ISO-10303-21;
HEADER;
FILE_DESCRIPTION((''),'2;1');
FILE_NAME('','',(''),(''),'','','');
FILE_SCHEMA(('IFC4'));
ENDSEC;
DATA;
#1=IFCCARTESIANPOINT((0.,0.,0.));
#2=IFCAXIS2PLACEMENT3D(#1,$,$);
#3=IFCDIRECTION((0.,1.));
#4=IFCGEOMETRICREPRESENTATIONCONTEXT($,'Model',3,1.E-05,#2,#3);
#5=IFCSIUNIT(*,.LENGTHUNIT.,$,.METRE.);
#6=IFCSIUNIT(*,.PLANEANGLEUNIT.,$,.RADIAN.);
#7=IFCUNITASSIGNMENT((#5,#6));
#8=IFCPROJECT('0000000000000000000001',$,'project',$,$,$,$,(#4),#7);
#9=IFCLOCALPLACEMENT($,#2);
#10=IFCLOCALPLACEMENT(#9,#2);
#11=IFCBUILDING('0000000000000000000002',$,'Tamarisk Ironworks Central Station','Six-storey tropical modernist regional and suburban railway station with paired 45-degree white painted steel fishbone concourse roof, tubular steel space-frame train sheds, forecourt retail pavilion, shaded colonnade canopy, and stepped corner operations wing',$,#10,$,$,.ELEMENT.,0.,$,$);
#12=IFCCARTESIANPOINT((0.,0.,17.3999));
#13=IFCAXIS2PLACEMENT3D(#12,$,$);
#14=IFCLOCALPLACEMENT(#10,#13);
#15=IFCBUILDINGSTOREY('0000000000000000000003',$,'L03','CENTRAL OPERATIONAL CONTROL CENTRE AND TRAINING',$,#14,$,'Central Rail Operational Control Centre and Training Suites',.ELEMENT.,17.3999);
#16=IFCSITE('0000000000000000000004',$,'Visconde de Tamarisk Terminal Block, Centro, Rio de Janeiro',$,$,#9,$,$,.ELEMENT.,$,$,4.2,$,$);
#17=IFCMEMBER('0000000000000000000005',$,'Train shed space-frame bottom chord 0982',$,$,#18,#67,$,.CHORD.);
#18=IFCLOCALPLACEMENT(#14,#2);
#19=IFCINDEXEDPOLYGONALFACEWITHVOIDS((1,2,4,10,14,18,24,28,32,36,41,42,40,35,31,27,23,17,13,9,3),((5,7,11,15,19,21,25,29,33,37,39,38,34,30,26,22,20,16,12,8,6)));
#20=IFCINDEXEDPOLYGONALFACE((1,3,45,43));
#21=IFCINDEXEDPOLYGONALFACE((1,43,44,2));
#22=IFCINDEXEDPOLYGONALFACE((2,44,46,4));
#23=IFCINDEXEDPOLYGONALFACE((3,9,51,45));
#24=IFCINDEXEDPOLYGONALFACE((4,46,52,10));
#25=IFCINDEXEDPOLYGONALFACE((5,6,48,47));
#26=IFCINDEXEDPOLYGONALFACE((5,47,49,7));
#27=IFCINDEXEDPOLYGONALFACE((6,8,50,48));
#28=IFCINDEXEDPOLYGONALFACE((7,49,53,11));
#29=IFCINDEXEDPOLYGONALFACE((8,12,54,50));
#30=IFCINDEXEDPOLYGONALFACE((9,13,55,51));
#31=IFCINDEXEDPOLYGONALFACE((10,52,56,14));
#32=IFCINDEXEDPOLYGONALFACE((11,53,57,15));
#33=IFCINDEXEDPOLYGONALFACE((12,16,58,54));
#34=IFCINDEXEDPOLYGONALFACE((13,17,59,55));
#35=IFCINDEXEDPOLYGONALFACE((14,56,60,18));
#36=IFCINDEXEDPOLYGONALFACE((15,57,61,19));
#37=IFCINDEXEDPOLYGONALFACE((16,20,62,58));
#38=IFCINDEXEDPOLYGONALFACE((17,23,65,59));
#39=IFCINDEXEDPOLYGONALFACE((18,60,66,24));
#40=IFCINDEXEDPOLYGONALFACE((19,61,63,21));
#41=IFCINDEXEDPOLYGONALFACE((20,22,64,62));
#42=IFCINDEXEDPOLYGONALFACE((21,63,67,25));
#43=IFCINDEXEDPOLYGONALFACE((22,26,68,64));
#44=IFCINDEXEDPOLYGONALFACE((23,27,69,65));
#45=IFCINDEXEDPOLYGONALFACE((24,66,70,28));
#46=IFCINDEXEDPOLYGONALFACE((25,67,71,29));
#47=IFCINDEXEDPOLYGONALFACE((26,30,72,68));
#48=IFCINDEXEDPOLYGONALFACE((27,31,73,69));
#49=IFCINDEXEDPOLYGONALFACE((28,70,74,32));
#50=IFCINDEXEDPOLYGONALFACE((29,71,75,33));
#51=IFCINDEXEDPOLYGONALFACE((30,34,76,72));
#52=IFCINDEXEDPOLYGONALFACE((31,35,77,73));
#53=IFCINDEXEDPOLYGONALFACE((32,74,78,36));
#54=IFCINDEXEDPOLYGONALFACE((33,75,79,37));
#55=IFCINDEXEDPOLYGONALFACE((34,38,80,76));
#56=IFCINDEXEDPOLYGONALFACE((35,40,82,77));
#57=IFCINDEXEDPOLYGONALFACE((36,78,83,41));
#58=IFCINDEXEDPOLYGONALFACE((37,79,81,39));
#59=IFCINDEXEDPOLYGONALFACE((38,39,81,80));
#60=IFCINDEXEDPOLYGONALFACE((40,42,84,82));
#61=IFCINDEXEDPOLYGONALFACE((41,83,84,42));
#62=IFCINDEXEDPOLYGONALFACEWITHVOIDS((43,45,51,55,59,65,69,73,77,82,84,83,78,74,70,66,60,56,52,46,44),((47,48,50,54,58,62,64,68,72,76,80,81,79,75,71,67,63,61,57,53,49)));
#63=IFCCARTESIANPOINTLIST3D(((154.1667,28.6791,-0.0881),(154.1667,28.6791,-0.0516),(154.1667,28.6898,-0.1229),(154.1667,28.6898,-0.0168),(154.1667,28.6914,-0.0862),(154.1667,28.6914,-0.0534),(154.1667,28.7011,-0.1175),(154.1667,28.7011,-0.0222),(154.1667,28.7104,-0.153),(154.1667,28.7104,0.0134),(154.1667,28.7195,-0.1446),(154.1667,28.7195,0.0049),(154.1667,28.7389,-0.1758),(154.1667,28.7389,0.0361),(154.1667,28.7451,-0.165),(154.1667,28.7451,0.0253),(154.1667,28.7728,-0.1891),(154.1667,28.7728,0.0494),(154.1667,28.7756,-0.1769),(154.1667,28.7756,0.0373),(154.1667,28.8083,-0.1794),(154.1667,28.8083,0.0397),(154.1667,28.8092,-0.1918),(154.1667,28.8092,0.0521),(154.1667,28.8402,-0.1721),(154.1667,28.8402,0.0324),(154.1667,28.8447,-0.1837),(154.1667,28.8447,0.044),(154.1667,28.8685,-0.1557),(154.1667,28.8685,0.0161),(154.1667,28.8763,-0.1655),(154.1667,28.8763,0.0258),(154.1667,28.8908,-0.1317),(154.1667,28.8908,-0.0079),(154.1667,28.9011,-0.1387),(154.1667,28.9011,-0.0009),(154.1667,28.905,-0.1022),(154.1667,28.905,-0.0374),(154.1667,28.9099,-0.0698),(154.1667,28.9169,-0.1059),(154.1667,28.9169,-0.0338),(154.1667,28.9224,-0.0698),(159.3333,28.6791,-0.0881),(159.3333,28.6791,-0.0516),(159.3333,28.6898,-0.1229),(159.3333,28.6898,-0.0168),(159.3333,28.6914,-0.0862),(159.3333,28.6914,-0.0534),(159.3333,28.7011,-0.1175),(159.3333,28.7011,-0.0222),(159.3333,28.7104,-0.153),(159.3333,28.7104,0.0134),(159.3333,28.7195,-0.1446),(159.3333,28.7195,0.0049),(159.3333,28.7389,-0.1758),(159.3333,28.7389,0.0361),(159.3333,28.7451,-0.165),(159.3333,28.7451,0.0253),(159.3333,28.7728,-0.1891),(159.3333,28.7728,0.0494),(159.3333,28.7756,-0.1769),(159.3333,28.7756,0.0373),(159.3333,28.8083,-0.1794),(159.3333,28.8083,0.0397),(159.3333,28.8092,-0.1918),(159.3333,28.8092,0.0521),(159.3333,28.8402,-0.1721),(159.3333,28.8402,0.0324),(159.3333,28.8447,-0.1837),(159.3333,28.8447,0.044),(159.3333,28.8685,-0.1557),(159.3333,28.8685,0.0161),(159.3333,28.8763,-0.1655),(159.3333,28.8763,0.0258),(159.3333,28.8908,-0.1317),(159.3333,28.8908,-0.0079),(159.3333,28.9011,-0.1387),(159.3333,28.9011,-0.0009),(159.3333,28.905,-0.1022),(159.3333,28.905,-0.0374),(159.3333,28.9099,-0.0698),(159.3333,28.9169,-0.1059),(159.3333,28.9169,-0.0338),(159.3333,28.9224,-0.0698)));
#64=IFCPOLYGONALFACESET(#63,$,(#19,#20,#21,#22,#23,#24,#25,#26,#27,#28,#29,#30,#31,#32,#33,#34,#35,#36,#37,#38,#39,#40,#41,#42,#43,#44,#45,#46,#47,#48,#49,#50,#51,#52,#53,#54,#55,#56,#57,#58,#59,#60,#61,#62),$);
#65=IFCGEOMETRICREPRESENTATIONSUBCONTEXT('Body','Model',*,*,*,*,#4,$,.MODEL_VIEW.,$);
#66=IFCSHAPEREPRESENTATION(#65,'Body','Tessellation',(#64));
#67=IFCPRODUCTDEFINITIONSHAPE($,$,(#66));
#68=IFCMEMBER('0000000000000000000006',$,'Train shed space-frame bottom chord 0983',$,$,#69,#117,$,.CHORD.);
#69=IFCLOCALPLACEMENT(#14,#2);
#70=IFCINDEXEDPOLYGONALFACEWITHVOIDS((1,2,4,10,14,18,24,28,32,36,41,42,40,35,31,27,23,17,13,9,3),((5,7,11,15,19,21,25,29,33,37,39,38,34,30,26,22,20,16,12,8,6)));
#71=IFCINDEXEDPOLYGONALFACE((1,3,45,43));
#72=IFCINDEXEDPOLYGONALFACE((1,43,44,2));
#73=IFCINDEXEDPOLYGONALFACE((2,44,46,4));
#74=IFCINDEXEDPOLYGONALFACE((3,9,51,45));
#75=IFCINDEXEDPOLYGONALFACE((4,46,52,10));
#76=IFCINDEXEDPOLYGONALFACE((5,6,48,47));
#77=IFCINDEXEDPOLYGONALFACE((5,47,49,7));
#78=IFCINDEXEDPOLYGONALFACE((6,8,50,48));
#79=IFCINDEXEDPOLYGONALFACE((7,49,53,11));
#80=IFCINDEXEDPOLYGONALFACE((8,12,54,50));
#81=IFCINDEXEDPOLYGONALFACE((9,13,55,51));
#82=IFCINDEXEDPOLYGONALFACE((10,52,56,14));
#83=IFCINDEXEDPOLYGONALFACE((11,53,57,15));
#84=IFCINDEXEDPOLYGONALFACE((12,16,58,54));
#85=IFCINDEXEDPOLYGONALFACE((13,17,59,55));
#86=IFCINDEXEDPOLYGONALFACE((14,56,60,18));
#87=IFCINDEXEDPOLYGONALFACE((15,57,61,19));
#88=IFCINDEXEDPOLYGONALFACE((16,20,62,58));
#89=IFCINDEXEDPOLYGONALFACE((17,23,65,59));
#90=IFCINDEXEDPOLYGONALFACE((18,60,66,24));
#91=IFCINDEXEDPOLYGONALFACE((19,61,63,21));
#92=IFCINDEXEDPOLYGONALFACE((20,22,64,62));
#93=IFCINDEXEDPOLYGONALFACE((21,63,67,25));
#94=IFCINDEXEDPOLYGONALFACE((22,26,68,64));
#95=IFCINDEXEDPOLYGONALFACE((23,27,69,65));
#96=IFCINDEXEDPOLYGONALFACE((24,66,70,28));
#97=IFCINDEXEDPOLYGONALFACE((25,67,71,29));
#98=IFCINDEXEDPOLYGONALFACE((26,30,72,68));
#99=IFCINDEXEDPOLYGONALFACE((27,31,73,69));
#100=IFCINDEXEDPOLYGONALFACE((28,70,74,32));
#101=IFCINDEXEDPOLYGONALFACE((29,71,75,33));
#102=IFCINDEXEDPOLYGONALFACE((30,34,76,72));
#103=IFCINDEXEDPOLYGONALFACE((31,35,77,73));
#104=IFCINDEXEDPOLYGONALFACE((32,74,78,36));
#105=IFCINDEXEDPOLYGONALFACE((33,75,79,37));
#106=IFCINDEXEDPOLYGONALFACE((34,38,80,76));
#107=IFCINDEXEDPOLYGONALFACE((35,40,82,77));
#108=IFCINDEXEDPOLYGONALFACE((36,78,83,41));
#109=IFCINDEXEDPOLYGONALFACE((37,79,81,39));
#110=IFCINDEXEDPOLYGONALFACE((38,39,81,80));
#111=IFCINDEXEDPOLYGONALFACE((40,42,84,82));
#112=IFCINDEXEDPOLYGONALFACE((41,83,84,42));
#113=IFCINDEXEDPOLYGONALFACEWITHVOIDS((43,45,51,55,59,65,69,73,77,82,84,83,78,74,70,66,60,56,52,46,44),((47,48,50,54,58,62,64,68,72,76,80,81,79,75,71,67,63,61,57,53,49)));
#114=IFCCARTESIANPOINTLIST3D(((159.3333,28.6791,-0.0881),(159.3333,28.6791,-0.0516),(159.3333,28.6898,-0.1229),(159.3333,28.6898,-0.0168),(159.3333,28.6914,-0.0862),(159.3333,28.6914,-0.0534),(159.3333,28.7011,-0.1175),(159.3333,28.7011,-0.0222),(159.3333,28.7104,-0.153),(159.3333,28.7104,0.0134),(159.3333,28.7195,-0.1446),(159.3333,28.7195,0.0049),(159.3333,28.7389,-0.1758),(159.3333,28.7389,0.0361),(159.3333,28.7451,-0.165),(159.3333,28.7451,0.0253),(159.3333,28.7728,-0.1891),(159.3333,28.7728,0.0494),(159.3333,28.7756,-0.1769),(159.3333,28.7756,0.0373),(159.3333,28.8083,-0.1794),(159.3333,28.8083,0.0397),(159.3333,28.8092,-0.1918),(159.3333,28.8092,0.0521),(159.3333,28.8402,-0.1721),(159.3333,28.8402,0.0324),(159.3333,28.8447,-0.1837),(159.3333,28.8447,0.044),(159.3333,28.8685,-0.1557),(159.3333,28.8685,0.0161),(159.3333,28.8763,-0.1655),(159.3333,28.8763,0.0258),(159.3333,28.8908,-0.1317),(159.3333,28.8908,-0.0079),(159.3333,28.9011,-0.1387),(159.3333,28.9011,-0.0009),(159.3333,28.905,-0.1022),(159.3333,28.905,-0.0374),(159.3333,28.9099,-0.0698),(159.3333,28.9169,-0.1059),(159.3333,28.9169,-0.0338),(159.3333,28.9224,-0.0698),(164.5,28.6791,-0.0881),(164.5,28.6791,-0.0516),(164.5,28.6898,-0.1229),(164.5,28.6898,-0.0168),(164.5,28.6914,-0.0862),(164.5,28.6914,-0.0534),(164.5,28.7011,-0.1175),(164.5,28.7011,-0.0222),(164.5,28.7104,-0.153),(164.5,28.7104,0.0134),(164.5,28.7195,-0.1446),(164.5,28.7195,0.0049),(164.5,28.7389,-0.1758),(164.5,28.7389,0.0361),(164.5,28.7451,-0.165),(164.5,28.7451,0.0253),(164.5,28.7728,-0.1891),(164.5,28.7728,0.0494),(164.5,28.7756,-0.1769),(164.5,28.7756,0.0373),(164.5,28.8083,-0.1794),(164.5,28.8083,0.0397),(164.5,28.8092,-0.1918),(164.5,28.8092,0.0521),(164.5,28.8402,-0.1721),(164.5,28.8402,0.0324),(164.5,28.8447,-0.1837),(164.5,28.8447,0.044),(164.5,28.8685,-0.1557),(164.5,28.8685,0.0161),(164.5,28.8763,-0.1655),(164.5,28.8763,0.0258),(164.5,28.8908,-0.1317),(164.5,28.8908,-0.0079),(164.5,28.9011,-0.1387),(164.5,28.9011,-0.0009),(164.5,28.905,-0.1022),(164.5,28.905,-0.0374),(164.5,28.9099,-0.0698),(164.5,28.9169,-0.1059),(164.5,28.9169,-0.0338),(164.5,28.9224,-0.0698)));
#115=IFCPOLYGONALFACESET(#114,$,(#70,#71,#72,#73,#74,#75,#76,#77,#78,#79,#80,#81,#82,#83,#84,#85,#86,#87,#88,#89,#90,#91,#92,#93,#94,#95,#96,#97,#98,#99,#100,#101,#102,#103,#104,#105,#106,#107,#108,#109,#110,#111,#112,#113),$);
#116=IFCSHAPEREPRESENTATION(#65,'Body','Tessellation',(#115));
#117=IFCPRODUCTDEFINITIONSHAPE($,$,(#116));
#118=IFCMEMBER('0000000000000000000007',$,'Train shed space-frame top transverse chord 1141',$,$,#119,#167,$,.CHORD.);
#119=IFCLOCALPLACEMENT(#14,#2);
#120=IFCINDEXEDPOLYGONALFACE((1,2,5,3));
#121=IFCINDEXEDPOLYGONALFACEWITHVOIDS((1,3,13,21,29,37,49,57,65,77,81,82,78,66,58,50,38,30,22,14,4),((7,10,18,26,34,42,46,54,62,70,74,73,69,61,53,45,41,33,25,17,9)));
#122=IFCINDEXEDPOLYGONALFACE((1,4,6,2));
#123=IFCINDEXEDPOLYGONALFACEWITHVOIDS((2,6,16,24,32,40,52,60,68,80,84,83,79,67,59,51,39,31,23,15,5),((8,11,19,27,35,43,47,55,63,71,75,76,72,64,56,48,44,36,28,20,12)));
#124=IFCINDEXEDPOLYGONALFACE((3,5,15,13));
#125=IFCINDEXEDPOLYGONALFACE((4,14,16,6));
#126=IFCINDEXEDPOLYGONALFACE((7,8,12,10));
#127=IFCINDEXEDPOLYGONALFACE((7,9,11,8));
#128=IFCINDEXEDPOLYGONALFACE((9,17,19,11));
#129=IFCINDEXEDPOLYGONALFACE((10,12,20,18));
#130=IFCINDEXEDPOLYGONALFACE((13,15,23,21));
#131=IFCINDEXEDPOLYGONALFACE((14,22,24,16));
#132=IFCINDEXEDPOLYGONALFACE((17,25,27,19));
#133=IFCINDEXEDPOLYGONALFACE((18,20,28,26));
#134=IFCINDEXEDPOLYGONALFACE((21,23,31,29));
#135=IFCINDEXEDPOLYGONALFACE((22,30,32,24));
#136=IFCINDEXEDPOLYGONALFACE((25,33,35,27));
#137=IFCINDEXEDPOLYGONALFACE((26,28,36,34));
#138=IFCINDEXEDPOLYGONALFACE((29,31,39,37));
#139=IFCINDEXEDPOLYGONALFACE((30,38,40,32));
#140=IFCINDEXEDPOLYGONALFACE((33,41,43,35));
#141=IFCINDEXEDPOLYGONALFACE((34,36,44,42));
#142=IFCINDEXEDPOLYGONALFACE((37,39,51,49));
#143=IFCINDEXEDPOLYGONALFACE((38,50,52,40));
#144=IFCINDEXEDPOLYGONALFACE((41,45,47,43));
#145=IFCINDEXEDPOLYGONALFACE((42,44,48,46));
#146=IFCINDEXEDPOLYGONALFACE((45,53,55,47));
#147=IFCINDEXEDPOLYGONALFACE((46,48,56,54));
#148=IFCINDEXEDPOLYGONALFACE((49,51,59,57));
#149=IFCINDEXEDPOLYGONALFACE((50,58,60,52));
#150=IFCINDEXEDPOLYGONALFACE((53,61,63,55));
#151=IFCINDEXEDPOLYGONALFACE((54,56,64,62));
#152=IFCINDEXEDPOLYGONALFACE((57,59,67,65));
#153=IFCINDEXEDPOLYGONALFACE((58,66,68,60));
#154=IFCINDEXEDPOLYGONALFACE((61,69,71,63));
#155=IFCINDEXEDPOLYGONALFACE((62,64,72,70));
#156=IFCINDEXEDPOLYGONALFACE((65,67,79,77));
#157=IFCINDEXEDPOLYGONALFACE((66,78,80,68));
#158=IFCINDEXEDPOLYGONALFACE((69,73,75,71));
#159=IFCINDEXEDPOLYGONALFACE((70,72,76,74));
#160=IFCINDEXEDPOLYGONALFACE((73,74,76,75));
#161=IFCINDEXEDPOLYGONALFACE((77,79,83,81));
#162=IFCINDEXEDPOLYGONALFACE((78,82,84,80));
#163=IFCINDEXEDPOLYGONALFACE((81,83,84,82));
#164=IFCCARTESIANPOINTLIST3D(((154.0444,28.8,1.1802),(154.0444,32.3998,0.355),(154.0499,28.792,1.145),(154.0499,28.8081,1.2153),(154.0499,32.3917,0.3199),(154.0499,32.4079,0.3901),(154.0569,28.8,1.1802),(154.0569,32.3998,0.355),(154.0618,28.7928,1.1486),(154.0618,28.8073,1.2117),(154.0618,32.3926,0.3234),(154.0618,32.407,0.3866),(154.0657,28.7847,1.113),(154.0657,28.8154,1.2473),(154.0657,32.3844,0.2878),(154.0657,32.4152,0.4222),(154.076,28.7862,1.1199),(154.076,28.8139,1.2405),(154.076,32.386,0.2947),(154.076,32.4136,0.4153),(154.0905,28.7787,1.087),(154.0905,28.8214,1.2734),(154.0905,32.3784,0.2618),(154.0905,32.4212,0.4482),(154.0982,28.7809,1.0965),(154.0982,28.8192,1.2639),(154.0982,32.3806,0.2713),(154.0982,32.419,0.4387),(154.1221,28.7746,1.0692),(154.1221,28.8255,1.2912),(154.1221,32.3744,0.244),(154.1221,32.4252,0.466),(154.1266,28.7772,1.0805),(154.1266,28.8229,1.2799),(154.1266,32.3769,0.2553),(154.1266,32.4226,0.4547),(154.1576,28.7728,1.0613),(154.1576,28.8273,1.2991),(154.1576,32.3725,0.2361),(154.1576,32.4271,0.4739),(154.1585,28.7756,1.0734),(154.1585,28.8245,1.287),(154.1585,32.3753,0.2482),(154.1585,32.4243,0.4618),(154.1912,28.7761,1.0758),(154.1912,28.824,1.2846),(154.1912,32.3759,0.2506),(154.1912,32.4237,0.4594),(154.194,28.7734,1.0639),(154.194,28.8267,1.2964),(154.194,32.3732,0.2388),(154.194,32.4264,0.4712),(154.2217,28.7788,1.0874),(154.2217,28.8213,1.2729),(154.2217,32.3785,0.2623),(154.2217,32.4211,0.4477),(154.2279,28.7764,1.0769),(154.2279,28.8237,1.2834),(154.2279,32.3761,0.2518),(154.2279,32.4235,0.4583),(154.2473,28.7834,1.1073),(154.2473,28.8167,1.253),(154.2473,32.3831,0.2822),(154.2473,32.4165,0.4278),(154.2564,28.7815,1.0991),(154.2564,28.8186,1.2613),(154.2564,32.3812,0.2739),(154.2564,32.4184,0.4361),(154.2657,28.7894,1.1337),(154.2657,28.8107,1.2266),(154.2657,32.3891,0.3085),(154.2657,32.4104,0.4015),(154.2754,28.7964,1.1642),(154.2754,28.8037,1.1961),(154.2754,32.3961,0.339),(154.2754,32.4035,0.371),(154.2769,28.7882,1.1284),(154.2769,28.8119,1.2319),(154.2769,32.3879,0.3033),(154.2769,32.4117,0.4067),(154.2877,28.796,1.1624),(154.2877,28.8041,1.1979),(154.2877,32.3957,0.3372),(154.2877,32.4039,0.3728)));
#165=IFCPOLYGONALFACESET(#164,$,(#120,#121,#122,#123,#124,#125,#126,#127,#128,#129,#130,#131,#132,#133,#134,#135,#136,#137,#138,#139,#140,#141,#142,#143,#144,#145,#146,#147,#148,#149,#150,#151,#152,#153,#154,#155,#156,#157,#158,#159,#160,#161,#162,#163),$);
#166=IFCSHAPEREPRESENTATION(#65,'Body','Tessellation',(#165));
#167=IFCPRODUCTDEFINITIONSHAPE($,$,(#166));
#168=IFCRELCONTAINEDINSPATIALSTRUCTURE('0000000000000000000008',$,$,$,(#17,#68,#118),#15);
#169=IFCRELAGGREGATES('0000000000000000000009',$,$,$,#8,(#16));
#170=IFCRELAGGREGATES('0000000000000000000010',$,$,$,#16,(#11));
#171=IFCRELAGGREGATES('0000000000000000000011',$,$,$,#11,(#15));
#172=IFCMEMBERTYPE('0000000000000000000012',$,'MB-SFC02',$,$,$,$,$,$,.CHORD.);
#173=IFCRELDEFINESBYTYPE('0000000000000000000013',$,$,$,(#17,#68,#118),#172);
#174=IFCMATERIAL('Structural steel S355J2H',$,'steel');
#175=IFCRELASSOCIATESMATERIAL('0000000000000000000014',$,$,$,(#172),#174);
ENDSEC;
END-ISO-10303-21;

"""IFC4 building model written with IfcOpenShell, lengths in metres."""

from ifc_helpers import new_model, si_unit, direction, frame, origin, origin_2d, place, context, subcontext, project, spatial, hollow_circle, extrude, material, material_profile, profile_set, type_object, element, save


model = new_model("IFC4")

# Units and contexts
model_context = context("Model", 3, precision=1e-05, world=origin(), true_north=direction((0.0, 1.0)))
body_context = subcontext(model_context, "Body", "Model", "MODEL_VIEW")
ifc_project = project(units=[si_unit("LENGTHUNIT", "METRE"), si_unit("PLANEANGLEUNIT", "RADIAN")], contexts=[model_context])

# Site, building, storey
site_placement = place(None, origin())
site = spatial("IfcSite", under=ifc_project, at=site_placement, Name="Visconde de Tamarisk Terminal Block, Centro, Rio de Janeiro", CompositionType="ELEMENT", RefElevation=4.2)
building_placement = place(site_placement, origin())
building = spatial("IfcBuilding", under=site, at=building_placement, Name="Tamarisk Ironworks Central Station", Description="Six-storey tropical modernist regional and suburban railway station with paired 45-degree white painted steel fishbone concourse roof, tubular steel space-frame train sheds, forecourt retail pavilion, shaded colonnade canopy, and stepped corner operations wing", CompositionType="ELEMENT", ElevationOfRefHeight=0.0)
storey_placement = place(building_placement, frame((0.0, 0.0, 17.3999)))
storey = spatial("IfcBuildingStorey", under=building, at=storey_placement, Name="L03", Description="CENTRAL OPERATIONAL CONTROL CENTRE AND TRAINING", LongName="Central Rail Operational Control Centre and Training Suites", CompositionType="ELEMENT", Elevation=17.3999)

# Members
ifc_material = material(Name="Structural steel S355J2H", Category="steel")
ifc_material_profile_1 = material_profile(ifc_material, hollow_circle(Radius=0.1223, WallThickness=0.0125, at=origin_2d()), Name="CHS 244.5x12.5")
ifc_profile_set_1 = profile_set([ifc_material_profile_1], Name="Structural steel S355J2H")
member_type_1 = type_object("IfcMemberType", Name="MB-SFC02", PredefinedType="CHORD", material=ifc_profile_set_1)
member_1_placement = place(storey_placement, frame((154.1667, 28.8, -0.0698), z_axis=(1.0, 0.0, 0.0), x_axis=(0.0, 1.0, 0.0)))
element("IfcMember", 1, at=member_1_placement, inside=storey, type_object=member_type_1, Name="Train shed space-frame bottom chord 0982", PredefinedType="CHORD", context=body_context, shape_type="SweptSolid", body=[
    extrude(hollow_circle(Radius=0.1223, WallThickness=0.0125, at=origin_2d()), origin(), (0.0, 0.0, 1.0), 5.1665),
])
member_2_placement = place(storey_placement, frame((159.3333, 28.8, -0.0698), z_axis=(1.0, 0.0, 0.0), x_axis=(0.0, 1.0, 0.0)))
element("IfcMember", 2, at=member_2_placement, inside=storey, type_object=member_type_1, Name="Train shed space-frame bottom chord 0983", PredefinedType="CHORD", context=body_context, shape_type="SweptSolid", body=[
    extrude(hollow_circle(Radius=0.1223, WallThickness=0.0125, at=origin_2d()), origin(), (0.0, 0.0, 1.0), 5.1667),
])
member_3_placement = place(storey_placement, frame((154.1667, 28.8, 1.1802), z_axis=(0.0, 0.974719, -0.223435), x_axis=(-1.0, 0.0, 0.0)))
element("IfcMember", 3, at=member_3_placement, inside=storey, type_object=member_type_1, Name="Train shed space-frame top transverse chord 1141", PredefinedType="CHORD", context=body_context, shape_type="SweptSolid", body=[
    extrude(hollow_circle(Radius=0.1223, WallThickness=0.0125, at=origin_2d()), origin(), (0.0, 0.0, 1.0), 3.6931),
])

save(model, "model.ifc")
